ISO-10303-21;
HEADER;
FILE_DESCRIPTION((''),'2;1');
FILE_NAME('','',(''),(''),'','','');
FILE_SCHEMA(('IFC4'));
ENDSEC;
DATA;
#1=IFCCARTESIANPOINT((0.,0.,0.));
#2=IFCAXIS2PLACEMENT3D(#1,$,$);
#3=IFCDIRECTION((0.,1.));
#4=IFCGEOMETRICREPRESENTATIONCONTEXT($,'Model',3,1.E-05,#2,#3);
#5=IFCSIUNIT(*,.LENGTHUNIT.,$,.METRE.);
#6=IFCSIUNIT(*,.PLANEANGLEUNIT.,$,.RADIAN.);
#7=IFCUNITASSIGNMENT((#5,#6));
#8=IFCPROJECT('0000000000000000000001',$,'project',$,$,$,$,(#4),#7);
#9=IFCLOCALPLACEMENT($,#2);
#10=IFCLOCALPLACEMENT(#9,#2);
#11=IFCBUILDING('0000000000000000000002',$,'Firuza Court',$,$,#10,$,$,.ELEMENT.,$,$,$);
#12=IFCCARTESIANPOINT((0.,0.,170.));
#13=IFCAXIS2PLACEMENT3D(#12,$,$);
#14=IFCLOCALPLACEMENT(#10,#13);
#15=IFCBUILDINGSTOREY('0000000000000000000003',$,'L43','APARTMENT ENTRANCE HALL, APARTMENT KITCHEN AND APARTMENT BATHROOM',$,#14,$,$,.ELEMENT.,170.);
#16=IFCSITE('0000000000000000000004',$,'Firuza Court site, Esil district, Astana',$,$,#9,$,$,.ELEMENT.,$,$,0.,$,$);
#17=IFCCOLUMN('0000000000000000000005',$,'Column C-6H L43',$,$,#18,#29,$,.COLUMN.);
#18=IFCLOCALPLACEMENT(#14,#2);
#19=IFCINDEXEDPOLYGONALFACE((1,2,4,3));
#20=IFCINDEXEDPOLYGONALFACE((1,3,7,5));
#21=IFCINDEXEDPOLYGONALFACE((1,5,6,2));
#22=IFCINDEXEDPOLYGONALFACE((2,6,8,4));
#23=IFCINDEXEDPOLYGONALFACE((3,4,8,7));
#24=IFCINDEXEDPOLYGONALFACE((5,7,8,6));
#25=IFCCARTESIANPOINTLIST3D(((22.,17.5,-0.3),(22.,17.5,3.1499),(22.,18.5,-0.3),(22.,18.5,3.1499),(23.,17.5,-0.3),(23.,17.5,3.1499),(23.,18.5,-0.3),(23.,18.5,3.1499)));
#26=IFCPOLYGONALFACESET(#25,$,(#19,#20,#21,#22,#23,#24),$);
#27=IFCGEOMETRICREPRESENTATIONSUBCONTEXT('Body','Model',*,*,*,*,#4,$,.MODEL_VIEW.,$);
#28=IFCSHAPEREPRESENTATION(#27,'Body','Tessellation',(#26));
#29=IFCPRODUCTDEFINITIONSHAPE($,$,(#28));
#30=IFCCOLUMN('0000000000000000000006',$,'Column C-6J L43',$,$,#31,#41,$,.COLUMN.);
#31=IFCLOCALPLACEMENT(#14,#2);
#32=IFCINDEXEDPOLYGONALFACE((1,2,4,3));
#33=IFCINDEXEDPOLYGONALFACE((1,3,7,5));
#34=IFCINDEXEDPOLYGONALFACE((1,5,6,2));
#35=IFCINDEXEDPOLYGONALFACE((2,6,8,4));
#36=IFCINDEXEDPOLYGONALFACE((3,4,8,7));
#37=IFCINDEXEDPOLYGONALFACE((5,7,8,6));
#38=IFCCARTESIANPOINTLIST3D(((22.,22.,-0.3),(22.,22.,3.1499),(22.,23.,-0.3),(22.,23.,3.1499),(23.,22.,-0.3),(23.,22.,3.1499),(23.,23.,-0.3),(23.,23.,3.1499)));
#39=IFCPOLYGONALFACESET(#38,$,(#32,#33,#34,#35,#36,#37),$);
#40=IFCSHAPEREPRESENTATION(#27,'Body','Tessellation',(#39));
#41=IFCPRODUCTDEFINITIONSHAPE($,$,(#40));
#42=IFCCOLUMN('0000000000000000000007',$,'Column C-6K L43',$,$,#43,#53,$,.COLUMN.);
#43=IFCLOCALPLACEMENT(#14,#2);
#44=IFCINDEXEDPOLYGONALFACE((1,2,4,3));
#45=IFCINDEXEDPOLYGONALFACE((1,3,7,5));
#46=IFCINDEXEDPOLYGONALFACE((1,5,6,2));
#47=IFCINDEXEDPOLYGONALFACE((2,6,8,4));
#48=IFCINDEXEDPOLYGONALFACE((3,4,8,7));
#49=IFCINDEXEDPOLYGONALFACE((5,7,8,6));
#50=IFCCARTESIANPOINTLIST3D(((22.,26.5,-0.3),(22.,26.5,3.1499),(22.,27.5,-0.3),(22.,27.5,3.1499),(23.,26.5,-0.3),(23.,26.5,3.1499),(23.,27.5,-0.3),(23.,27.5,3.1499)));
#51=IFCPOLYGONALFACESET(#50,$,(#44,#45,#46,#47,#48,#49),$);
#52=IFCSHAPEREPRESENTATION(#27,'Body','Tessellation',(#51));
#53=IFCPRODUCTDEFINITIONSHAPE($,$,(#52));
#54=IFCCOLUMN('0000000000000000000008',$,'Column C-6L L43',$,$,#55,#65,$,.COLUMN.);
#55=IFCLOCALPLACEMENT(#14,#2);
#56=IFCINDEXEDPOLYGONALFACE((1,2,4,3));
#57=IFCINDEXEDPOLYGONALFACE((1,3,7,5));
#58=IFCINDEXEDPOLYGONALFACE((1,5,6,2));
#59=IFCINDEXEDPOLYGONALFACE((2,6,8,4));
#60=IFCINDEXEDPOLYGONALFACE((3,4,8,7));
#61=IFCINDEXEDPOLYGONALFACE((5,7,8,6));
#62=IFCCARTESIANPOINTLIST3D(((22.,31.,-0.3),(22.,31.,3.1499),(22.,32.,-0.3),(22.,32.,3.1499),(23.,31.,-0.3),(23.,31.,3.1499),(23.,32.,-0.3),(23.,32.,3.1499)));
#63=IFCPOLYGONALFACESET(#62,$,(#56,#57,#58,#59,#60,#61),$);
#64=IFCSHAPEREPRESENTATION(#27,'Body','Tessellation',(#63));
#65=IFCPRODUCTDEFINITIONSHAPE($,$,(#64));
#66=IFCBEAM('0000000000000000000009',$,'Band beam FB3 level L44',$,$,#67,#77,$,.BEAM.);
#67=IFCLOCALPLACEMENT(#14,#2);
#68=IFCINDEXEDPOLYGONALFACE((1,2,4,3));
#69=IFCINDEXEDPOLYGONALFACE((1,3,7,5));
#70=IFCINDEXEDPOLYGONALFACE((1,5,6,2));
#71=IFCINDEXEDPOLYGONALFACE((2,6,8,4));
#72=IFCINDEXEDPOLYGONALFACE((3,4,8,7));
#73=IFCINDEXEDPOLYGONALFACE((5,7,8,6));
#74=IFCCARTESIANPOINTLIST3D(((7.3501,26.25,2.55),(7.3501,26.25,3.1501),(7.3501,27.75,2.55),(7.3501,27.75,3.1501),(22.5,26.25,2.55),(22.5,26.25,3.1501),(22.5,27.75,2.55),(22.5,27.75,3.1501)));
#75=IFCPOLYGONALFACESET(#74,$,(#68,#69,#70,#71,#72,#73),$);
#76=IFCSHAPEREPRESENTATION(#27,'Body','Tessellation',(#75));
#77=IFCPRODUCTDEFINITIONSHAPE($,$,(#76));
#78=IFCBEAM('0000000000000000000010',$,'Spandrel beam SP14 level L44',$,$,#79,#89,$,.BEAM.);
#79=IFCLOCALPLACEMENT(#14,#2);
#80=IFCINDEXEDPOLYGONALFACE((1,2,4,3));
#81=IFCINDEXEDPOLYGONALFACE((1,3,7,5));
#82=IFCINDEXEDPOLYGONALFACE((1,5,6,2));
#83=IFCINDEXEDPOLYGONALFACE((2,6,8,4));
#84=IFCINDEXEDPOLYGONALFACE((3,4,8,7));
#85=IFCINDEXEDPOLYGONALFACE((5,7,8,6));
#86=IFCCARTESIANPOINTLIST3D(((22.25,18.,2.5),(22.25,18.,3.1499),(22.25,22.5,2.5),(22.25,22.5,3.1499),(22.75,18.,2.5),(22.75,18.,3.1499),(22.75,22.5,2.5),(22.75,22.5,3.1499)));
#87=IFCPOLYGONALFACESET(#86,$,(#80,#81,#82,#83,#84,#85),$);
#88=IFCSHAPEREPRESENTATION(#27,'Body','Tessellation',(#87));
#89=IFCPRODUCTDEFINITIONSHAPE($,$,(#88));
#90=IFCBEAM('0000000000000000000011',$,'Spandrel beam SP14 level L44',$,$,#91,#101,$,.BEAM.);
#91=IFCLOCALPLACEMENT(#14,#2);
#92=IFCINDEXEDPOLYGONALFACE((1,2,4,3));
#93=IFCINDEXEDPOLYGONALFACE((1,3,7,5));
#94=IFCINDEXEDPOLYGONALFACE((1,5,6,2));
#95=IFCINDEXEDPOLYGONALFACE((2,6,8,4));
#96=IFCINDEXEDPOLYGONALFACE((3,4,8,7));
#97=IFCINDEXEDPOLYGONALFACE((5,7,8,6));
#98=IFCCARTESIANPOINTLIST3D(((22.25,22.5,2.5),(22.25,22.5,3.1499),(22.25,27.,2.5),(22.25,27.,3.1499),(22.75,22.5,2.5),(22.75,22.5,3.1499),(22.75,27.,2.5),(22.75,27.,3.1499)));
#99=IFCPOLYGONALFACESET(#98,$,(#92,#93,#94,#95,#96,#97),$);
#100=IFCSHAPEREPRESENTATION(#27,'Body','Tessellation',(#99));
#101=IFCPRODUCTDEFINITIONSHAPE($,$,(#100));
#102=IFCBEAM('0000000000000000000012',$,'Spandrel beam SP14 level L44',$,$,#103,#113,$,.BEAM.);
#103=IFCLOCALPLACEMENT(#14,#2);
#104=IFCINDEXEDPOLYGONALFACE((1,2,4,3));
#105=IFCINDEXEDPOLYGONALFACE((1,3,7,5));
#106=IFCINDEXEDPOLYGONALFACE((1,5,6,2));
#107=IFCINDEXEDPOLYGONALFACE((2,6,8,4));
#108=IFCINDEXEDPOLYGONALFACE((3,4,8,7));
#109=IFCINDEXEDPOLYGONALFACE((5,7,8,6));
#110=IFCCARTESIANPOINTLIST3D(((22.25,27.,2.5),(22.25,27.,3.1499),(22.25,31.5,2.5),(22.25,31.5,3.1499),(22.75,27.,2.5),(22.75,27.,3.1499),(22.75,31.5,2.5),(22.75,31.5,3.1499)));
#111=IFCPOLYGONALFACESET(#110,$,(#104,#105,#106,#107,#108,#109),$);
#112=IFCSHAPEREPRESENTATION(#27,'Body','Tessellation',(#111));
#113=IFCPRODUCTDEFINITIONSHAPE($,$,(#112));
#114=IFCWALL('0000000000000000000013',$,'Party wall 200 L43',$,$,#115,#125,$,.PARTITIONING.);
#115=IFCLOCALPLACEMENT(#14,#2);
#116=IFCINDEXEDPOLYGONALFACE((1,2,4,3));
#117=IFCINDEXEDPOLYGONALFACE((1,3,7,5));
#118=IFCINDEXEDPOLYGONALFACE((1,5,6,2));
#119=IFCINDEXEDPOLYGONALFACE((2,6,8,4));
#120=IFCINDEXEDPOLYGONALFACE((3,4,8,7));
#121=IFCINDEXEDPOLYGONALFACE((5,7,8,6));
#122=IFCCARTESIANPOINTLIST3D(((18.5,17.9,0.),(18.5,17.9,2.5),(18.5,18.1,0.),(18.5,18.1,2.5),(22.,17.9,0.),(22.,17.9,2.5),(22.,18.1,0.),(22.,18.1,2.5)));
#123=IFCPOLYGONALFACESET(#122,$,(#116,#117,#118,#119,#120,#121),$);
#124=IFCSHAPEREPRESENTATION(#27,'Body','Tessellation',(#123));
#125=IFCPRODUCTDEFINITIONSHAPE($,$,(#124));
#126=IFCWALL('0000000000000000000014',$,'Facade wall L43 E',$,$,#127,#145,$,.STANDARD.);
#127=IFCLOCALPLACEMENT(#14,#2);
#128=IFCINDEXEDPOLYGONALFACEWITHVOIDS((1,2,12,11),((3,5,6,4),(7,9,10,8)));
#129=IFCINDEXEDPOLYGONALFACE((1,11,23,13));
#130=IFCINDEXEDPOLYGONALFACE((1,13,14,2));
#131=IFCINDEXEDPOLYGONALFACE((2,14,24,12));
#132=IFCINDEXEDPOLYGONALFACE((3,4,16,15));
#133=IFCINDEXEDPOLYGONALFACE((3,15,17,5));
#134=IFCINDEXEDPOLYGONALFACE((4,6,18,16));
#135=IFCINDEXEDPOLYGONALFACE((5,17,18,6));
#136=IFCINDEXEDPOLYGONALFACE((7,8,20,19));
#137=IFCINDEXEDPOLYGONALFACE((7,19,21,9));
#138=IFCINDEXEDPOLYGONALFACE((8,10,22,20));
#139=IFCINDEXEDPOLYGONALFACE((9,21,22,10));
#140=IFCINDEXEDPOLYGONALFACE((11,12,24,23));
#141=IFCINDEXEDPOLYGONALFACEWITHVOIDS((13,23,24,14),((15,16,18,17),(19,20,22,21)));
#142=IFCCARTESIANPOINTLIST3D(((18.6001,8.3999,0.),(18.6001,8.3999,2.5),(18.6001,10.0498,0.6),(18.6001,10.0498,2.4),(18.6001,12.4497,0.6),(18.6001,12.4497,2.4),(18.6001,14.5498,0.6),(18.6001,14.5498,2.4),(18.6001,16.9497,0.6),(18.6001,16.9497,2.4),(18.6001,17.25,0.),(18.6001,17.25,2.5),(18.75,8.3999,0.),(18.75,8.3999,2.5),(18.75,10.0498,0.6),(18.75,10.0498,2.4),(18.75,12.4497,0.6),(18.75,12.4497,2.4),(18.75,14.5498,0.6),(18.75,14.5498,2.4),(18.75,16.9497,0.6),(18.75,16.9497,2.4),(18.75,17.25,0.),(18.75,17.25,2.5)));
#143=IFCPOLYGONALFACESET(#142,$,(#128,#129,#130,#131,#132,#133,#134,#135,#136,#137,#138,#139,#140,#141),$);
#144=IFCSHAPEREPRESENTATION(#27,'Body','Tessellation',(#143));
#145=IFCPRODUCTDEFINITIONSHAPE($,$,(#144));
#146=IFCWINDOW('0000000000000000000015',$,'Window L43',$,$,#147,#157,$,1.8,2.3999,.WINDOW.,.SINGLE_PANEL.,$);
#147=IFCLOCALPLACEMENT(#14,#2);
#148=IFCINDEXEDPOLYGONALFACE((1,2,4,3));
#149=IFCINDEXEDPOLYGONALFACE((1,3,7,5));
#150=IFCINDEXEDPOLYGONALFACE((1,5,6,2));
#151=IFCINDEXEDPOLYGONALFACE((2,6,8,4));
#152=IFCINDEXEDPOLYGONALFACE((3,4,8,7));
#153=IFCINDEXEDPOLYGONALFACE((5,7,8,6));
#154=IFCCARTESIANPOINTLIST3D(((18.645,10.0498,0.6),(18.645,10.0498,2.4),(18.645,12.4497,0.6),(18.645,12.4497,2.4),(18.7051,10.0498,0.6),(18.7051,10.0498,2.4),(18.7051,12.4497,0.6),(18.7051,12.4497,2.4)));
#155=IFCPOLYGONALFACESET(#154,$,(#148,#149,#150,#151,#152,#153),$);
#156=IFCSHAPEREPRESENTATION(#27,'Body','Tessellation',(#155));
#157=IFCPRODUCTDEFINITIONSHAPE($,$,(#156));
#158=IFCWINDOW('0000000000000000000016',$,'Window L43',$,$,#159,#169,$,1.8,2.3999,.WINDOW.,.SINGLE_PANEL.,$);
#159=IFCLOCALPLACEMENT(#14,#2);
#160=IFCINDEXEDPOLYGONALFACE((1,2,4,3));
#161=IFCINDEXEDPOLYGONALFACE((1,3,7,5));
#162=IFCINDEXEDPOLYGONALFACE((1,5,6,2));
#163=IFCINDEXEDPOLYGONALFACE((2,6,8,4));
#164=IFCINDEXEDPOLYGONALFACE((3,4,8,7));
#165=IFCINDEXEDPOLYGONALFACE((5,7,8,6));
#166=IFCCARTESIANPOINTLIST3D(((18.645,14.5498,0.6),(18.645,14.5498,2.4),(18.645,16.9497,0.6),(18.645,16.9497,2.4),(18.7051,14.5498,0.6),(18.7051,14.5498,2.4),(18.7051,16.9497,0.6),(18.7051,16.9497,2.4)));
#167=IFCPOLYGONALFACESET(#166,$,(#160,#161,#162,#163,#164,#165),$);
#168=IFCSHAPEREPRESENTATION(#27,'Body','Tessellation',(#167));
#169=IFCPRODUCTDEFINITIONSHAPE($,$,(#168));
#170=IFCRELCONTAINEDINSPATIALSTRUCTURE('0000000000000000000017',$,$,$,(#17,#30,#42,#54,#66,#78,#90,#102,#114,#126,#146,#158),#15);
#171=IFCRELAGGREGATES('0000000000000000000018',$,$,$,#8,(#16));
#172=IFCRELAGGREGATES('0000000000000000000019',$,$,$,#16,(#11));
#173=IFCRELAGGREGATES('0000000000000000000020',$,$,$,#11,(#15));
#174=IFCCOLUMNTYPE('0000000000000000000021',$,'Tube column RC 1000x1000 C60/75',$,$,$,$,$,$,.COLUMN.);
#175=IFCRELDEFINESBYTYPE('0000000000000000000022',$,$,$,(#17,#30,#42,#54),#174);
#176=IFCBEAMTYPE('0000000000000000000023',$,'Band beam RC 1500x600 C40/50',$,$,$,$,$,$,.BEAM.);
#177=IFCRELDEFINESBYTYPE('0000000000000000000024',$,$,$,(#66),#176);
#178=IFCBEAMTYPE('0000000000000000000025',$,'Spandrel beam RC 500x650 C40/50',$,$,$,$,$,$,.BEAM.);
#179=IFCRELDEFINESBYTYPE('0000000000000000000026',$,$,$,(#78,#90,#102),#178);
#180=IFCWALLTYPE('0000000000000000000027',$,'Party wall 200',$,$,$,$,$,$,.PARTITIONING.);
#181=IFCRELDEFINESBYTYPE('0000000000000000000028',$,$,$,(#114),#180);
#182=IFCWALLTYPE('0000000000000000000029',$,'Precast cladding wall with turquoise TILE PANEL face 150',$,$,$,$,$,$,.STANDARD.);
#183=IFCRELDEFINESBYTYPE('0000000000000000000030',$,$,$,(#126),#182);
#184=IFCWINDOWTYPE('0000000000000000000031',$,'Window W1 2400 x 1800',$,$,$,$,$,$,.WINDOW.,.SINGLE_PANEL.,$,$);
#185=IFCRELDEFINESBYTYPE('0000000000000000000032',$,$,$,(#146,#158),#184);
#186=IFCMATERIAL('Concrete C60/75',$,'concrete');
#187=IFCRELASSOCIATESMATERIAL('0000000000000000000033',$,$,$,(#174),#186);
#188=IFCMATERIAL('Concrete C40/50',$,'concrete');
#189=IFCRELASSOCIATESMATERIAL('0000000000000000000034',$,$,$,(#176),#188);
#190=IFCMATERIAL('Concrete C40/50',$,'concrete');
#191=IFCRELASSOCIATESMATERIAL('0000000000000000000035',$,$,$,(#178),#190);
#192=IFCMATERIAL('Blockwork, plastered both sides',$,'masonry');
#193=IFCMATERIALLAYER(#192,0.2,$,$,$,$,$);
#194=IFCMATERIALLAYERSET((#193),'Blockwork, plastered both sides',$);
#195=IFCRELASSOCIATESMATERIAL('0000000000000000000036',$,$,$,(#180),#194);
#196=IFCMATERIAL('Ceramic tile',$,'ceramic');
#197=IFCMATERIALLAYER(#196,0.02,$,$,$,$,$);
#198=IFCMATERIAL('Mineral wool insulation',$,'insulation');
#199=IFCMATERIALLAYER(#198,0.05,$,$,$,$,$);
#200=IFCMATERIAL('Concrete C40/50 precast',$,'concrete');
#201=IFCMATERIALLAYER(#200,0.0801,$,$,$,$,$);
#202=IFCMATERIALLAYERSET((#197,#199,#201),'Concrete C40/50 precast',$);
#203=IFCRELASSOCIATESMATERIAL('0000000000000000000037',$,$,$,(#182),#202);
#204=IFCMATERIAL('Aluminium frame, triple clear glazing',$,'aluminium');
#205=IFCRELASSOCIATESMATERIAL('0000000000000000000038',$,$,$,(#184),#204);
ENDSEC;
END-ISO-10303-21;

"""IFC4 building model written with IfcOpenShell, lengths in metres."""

from ifc_helpers import new_model, si_unit, direction, frame, frame_2d, origin, origin_2d, place, context, subcontext, project, spatial, rectangle, extrude, material, layer, layer_set, material_profile, profile_set, type_object, element, fill, save


model = new_model("IFC4")

# Units and contexts
model_context = context("Model", 3, precision=1e-05, world=origin(), true_north=direction((0.0, 1.0)))
body_context = subcontext(model_context, "Body", "Model", "MODEL_VIEW")
ifc_project = project(units=[si_unit("LENGTHUNIT", "METRE"), si_unit("PLANEANGLEUNIT", "RADIAN")], contexts=[model_context])

# Site, building, storey
site_placement = place(None, origin())
site = spatial("IfcSite", under=ifc_project, at=site_placement, Name="Firuza Court site, Esil district, Astana", CompositionType="ELEMENT", RefElevation=0.0)
building_placement = place(site_placement, origin())
building = spatial("IfcBuilding", under=site, at=building_placement, Name="Firuza Court", CompositionType="ELEMENT")
storey_placement = place(building_placement, frame((0.0, 0.0, 170.0)))
storey = spatial("IfcBuildingStorey", under=building, at=storey_placement, Name="L43", Description="APARTMENT ENTRANCE HALL, APARTMENT KITCHEN AND APARTMENT BATHROOM", CompositionType="ELEMENT", Elevation=170.0)

# Columns
ifc_material_1 = material(Name="Concrete C60/75", Category="concrete")
ifc_material_profile_1 = material_profile(ifc_material_1, rectangle(XDim=1.0, YDim=1.0, at=origin_2d()), Name="RC 1000x1000")
ifc_profile_set_1 = profile_set([ifc_material_profile_1], Name="Concrete C60/75")
column_type = type_object("IfcColumnType", Name="Tube column RC 1000x1000 C60/75", PredefinedType="COLUMN", material=ifc_profile_set_1)
for number, where, z_axis, x_axis, name in (
    (1, (22.5, 18.0, -0.3), (0.0, 0.0, 1.0), (1.0, 0.0, 0.0), "Column C-6H L43"),
    (2, (22.5, 22.5, -0.3), (0.0, 0.0, 1.0), (1.0, 0.0, 0.0), "Column C-6J L43"),
    (3, (22.5, 27.0, -0.3), (0.0, 0.0, 1.0), (1.0, 0.0, 0.0), "Column C-6K L43"),
    (4, (22.5, 31.5, -0.3), (0.0, 0.0, 1.0), (1.0, 0.0, 0.0), "Column C-6L L43"),
):
    element("IfcColumn", number, at=place(storey_placement, frame(where, z_axis=z_axis, x_axis=x_axis)), inside=storey, type_object=column_type, Name=name, PredefinedType="COLUMN", context=body_context, shape_type="SweptSolid", body=[
        extrude(rectangle(XDim=1.0, YDim=1.0, at=origin_2d()), origin(), (0.0, 0.0, 1.0), 3.45),
    ])

# Beams
ifc_material_2 = material(Name="Concrete C40/50", Category="concrete")
ifc_material_profile_2 = material_profile(ifc_material_2, rectangle(XDim=1.5, YDim=0.6001, at=origin_2d()), Name="RC 1500x600")
ifc_profile_set_2 = profile_set([ifc_material_profile_2], Name="Concrete C40/50")
beam_type_1 = type_object("IfcBeamType", Name="Band beam RC 1500x600 C40/50", PredefinedType="BEAM", material=ifc_profile_set_2)
beam_placement = place(storey_placement, frame((22.5, 27.0, 2.8501), z_axis=(-1.0, 0.0, 0.0), x_axis=(0.0, -1.0, 0.0)))
element("IfcBeam", 5, at=beam_placement, inside=storey, type_object=beam_type_1, Name="Band beam FB3 level L44", PredefinedType="BEAM", context=body_context, shape_type="SweptSolid", body=[
    extrude(rectangle(XDim=1.5, YDim=0.6001, at=origin_2d()), origin(), (0.0, 0.0, 1.0), 15.1499),
])
ifc_material_3 = material(Name="Concrete C40/50", Category="concrete")
ifc_material_profile_3 = material_profile(ifc_material_3, rectangle(XDim=0.5, YDim=0.6499, at=origin_2d()), Name="RC 500x650")
ifc_profile_set_3 = profile_set([ifc_material_profile_3], Name="Concrete C40/50")
beam_type_2 = type_object("IfcBeamType", Name="Spandrel beam RC 500x650 C40/50", PredefinedType="BEAM", material=ifc_profile_set_3)
for number, where, z_axis, x_axis, name in (
    (6, (22.5, 18.0, 2.825), (0.0, 1.0, 0.0), (-1.0, 0.0, 0.0), "Spandrel beam SP14 level L44"),
    (7, (22.5, 22.5, 2.825), (0.0, 1.0, 0.0), (-1.0, 0.0, 0.0), "Spandrel beam SP14 level L44"),
    (8, (22.5, 27.0, 2.825), (0.0, 1.0, 0.0), (-1.0, 0.0, 0.0), "Spandrel beam SP14 level L44"),
):
    element("IfcBeam", number, at=place(storey_placement, frame(where, z_axis=z_axis, x_axis=x_axis)), inside=storey, type_object=beam_type_2, Name=name, PredefinedType="BEAM", context=body_context, shape_type="SweptSolid", body=[
        extrude(rectangle(XDim=0.5, YDim=0.6499, at=origin_2d()), origin(), (0.0, 0.0, 1.0), 4.5),
    ])

# Wall
ifc_material_4 = material(Name="Blockwork, plastered both sides", Category="masonry")
ifc_layer_1 = layer(ifc_material_4, 0.2)
ifc_layer_set_1 = layer_set([ifc_layer_1], Name="Blockwork, plastered both sides")
wall_type_1 = type_object("IfcWallType", Name="Party wall 200", PredefinedType="PARTITIONING", material=ifc_layer_set_1)
wall_1_placement = place(storey_placement, frame((18.5, 18.0, 0.0), z_axis=(0.0, 0.0, 1.0), x_axis=(1.0, 0.0, 0.0)))
element("IfcWall", 9, at=wall_1_placement, inside=storey, type_object=wall_type_1, Name="Party wall 200 L43", PredefinedType="PARTITIONING", context=body_context, shape_type="SweptSolid", body=[
    extrude(rectangle(XDim=3.5, YDim=0.2, at=frame_2d((1.75, 0.0))), origin(), (0.0, 0.0, 1.0), 2.5),
])

# Wall, openings, windows
ifc_material_5 = material(Name="Ceramic tile", Category="ceramic")
ifc_layer_2 = layer(ifc_material_5, 0.02)
ifc_material_6 = material(Name="Mineral wool insulation", Category="insulation")
ifc_layer_3 = layer(ifc_material_6, 0.05)
ifc_material_7 = material(Name="Concrete C40/50 precast", Category="concrete")
ifc_layer_4 = layer(ifc_material_7, 0.0801)
ifc_layer_set_2 = layer_set([ifc_layer_2, ifc_layer_3, ifc_layer_4], Name="Concrete C40/50 precast")
wall_type_2 = type_object("IfcWallType", Name="Precast cladding wall with turquoise TILE PANEL face 150", PredefinedType="STANDARD", material=ifc_layer_set_2)
wall_2_placement = place(storey_placement, frame((18.675, 8.3999, 0.0), z_axis=(0.0, 0.0, 1.0), x_axis=(0.0, 1.0, 0.0)))
wall_2 = element("IfcWall", 10, at=wall_2_placement, inside=storey, type_object=wall_type_2, Name="Facade wall L43 E", PredefinedType="STANDARD", context=body_context, shape_type="SweptSolid", body=[
    extrude(rectangle(XDim=8.8501, YDim=0.1499, at=frame_2d((4.425, 0.0))), origin(), (0.0, 0.0, 1.0), 2.5),
])
opening_1_placement = place(wall_2_placement, frame((1.6499, 0.0, 0.6001)))
opening_1 = element("IfcOpeningElement", 11, at=opening_1_placement, cuts=wall_2, PredefinedType="OPENING", context=body_context, shape_type="SweptSolid", body=[
    extrude(rectangle(XDim=2.3999, YDim=1.8, at=frame_2d((1.2, 0.8999))), frame((0.0, 0.0869, 0.0), z_axis=(0.0, -1.0, 0.0), x_axis=(1.0, 0.0, 0.0)), (0.0, 0.0, 1.0), 0.1738),
])
opening_2_placement = place(wall_2_placement, frame((6.1499, 0.0, 0.6001)))
opening_2 = element("IfcOpeningElement", 12, at=opening_2_placement, cuts=wall_2, PredefinedType="OPENING", context=body_context, shape_type="SweptSolid", body=[
    extrude(rectangle(XDim=2.3999, YDim=1.8, at=frame_2d((1.2, 0.8999))), frame((0.0, 0.0869, 0.0), z_axis=(0.0, -1.0, 0.0), x_axis=(1.0, 0.0, 0.0)), (0.0, 0.0, 1.0), 0.1738),
])
ifc_material_8 = material(Name="Aluminium frame, triple clear glazing", Category="aluminium")
window_type_1 = type_object("IfcWindowType", Name="Window W1 2400 x 1800", PartitioningType="SINGLE_PANEL", PredefinedType="WINDOW", material=ifc_material_8)
window_1_placement = place(opening_1_placement, origin())
window_1 = element("IfcWindow", 13, at=window_1_placement, inside=storey, type_object=window_type_1, Name="Window L43", OverallHeight=1.8, OverallWidth=2.3999, PartitioningType="SINGLE_PANEL", PredefinedType="WINDOW", context=body_context, shape_type="SweptSolid", body=[
    extrude(rectangle(XDim=2.3999, YDim=1.8, at=frame_2d((1.2, 0.8999))), frame((0.0, 0.03, 0.0), z_axis=(0.0, -1.0, 0.0), x_axis=(1.0, 0.0, 0.0)), (0.0, 0.0, 1.0), 0.0601),
])
fill(opening_1, window_1)
window_2_placement = place(opening_2_placement, origin())
window_2 = element("IfcWindow", 14, at=window_2_placement, inside=storey, type_object=window_type_1, Name="Window L43", OverallHeight=1.8, OverallWidth=2.3999, PartitioningType="SINGLE_PANEL", PredefinedType="WINDOW", context=body_context, shape_type="SweptSolid", body=[
    extrude(rectangle(XDim=2.3999, YDim=1.8, at=frame_2d((1.2, 0.8999))), frame((0.0, 0.03, 0.0), z_axis=(0.0, -1.0, 0.0), x_axis=(1.0, 0.0, 0.0)), (0.0, 0.0, 1.0), 0.0601),
])
fill(opening_2, window_2)

save(model, "model.ifc")
